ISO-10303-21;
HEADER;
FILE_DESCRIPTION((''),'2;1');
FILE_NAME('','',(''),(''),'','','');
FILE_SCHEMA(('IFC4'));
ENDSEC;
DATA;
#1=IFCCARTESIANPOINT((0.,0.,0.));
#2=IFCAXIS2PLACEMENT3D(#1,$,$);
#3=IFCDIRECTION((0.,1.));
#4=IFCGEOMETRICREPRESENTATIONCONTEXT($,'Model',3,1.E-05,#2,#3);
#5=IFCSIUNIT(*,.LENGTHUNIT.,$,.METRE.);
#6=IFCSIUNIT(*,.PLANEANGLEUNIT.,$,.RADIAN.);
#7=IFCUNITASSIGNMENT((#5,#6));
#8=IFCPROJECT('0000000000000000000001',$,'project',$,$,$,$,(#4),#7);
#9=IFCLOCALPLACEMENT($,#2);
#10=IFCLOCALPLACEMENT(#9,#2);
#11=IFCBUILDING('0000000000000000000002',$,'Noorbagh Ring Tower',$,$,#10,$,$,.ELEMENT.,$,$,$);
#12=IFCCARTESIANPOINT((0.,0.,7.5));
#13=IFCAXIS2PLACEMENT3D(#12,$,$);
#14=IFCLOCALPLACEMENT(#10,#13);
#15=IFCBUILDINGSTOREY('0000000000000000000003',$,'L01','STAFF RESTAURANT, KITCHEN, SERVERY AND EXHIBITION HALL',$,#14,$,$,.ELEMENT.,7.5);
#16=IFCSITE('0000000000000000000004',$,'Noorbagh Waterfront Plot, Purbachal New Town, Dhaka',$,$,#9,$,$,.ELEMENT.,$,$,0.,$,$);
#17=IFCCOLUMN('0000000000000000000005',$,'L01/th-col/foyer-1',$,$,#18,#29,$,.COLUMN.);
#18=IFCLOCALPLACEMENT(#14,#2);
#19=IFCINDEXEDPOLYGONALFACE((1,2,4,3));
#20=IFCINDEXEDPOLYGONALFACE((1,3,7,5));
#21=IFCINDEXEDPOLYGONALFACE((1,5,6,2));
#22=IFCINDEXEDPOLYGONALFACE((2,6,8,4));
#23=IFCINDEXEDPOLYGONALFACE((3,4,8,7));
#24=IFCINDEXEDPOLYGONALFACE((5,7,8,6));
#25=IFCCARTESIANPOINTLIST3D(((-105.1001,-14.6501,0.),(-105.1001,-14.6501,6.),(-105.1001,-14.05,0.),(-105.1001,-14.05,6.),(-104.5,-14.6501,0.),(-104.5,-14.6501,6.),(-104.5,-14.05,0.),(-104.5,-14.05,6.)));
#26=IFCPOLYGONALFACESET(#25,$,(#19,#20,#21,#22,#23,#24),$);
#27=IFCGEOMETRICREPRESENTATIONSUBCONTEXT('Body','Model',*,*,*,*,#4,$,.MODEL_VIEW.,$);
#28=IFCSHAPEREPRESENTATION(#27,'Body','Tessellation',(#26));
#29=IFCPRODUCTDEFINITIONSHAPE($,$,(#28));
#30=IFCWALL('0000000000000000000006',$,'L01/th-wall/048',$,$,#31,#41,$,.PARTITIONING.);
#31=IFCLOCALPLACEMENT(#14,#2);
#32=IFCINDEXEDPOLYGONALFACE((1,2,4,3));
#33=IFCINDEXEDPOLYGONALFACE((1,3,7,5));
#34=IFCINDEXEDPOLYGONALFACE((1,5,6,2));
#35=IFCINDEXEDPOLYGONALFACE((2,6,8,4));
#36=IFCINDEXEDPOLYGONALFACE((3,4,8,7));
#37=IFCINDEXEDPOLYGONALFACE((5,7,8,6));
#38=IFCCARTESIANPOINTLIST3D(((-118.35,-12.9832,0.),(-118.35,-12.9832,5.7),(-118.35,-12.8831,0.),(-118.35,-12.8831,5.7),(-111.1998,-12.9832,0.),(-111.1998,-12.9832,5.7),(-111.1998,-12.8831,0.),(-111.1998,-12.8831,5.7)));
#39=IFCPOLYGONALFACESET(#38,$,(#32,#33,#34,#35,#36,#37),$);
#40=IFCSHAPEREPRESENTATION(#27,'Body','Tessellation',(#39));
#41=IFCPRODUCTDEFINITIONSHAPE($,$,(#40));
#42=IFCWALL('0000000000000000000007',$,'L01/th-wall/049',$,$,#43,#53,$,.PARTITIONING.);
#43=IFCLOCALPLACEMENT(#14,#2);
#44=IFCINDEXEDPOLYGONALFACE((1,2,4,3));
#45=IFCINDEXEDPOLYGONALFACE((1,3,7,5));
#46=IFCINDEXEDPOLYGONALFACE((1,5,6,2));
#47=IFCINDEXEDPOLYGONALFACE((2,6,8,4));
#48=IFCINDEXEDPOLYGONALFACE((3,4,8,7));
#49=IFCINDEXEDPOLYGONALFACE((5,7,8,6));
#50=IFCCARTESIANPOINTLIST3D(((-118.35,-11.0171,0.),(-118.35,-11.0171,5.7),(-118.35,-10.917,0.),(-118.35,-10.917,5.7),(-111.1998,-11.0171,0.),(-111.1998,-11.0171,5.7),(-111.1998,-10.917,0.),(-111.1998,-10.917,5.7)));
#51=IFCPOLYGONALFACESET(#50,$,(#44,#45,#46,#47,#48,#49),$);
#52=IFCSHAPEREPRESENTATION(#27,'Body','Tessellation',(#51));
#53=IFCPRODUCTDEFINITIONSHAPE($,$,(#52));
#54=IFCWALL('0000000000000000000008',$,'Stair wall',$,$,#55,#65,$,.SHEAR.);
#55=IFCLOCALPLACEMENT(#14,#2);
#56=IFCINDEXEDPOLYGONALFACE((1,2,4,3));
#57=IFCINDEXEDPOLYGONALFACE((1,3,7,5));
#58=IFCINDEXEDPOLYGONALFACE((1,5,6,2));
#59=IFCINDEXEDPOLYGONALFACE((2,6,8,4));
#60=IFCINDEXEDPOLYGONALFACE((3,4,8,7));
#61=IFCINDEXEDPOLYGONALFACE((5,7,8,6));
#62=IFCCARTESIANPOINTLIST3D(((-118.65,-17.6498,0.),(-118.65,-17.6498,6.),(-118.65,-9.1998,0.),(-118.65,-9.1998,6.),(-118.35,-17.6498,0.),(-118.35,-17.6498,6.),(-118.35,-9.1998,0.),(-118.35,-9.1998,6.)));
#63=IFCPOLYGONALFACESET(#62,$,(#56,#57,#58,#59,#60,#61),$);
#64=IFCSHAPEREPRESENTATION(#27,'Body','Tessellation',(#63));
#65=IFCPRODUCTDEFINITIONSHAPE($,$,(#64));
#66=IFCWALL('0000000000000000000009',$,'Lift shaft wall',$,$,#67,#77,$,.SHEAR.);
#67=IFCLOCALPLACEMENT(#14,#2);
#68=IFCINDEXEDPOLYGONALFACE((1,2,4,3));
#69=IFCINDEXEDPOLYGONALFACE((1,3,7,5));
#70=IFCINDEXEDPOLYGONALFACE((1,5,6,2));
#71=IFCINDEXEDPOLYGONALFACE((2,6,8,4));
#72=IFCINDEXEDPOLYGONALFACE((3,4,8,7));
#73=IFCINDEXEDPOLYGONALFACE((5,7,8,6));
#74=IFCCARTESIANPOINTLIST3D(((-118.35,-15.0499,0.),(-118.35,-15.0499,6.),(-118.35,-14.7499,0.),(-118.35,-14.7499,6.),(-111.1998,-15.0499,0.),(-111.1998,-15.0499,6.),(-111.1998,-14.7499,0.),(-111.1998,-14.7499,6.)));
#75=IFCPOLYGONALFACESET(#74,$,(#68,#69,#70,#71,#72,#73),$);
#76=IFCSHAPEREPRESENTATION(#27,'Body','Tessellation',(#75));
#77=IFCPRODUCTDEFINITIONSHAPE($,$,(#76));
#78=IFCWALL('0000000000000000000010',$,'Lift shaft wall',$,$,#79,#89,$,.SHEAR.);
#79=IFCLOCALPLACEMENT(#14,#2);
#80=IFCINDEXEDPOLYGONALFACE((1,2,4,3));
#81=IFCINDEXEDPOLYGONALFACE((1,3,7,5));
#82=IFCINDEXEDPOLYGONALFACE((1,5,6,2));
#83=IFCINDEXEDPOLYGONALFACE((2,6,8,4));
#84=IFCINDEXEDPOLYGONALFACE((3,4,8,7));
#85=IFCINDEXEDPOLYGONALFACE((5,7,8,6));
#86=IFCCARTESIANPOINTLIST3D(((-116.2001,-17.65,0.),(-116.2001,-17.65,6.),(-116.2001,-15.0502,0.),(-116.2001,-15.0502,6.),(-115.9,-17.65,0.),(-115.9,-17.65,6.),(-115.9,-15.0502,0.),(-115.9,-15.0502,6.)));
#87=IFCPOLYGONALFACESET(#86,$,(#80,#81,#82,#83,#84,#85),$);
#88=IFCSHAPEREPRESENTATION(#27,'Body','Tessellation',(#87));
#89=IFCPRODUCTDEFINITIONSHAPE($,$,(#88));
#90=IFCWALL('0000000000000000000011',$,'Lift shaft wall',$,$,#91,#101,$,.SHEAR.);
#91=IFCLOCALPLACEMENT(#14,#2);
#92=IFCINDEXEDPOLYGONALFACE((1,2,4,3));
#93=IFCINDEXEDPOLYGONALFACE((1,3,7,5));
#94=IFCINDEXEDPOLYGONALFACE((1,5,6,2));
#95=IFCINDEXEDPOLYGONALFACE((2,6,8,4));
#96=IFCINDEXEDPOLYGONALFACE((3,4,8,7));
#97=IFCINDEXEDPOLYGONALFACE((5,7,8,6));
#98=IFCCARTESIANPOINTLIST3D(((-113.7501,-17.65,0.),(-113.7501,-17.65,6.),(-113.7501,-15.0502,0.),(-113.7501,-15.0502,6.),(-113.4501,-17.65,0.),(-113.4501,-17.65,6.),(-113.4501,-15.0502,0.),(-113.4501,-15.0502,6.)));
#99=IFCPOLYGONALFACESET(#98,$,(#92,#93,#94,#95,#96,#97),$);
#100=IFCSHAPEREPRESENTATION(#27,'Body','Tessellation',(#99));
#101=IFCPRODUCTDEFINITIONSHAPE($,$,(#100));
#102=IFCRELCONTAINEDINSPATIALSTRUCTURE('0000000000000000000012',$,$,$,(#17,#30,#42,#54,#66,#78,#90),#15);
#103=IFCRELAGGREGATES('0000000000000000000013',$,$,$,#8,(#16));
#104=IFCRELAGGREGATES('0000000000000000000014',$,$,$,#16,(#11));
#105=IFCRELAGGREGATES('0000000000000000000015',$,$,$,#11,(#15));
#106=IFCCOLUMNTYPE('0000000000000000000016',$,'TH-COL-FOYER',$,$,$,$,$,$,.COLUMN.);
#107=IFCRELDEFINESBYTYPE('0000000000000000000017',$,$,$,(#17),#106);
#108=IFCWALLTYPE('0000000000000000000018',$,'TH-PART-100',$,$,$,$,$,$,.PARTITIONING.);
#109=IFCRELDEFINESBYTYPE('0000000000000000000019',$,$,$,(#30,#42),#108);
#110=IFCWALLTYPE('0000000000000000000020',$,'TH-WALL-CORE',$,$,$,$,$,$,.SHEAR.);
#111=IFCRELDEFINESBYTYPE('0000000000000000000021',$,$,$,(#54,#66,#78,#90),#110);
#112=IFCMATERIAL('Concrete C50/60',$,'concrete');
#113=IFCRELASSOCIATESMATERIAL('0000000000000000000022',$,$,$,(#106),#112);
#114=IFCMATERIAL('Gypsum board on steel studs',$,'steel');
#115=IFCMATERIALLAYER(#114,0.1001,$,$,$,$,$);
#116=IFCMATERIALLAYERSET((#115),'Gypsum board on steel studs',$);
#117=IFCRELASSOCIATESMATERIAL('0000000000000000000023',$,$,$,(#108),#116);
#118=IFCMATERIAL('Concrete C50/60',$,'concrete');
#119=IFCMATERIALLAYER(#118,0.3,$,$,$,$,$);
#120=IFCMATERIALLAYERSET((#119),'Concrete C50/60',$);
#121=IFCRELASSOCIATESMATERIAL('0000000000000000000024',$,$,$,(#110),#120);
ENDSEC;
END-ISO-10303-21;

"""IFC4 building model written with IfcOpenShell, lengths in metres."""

from ifc_helpers import new_model, si_unit, direction, frame, frame_2d, origin, origin_2d, place, context, subcontext, project, spatial, rectangle, extrude, material, layer, layer_set, material_profile, profile_set, type_object, element, save


model = new_model("IFC4")

# Units and contexts
model_context = context("Model", 3, precision=1e-05, world=origin(), true_north=direction((0.0, 1.0)))
body_context = subcontext(model_context, "Body", "Model", "MODEL_VIEW")
ifc_project = project(units=[si_unit("LENGTHUNIT", "METRE"), si_unit("PLANEANGLEUNIT", "RADIAN")], contexts=[model_context])

# Site, building, storey
site_placement = place(None, origin())
site = spatial("IfcSite", under=ifc_project, at=site_placement, Name="Noorbagh Waterfront Plot, Purbachal New Town, Dhaka", CompositionType="ELEMENT", RefElevation=0.0)
building_placement = place(site_placement, origin())
building = spatial("IfcBuilding", under=site, at=building_placement, Name="Noorbagh Ring Tower", CompositionType="ELEMENT")
storey_placement = place(building_placement, frame((0.0, 0.0, 7.5)))
storey = spatial("IfcBuildingStorey", under=building, at=storey_placement, Name="L01", Description="STAFF RESTAURANT, KITCHEN, SERVERY AND EXHIBITION HALL", CompositionType="ELEMENT", Elevation=7.5)

# Column
ifc_material_1 = material(Name="Concrete C50/60", Category="concrete")
ifc_material_profile = material_profile(ifc_material_1, rectangle(XDim=0.6001, YDim=0.6001, at=origin_2d()), Name="RC600x600")
ifc_profile_set = profile_set([ifc_material_profile], Name="Concrete C50/60")
column_type = type_object("IfcColumnType", Name="TH-COL-FOYER", PredefinedType="COLUMN", material=ifc_profile_set)
column_placement = place(storey_placement, frame((-104.8, -14.3501, 0.0), z_axis=(0.0, 0.0, 1.0), x_axis=(1.0, 0.0, 0.0)))
element("IfcColumn", 1, at=column_placement, inside=storey, type_object=column_type, Name="L01/th-col/foyer-1", PredefinedType="COLUMN", context=body_context, shape_type="SweptSolid", body=[
    extrude(rectangle(XDim=0.6001, YDim=0.6001, at=origin_2d()), origin(), (0.0, 0.0, 1.0), 6.0),
])

# Walls
ifc_material_2 = material(Name="Gypsum board on steel studs", Category="steel")
ifc_layer_1 = layer(ifc_material_2, 0.1001)
ifc_layer_set_1 = layer_set([ifc_layer_1], Name="Gypsum board on steel studs")
wall_type_1 = type_object("IfcWallType", Name="TH-PART-100", PredefinedType="PARTITIONING", material=ifc_layer_set_1)
for number, where, z_axis, x_axis, name in (
    (2, (-118.3501, -12.9331, 0.0), (0.0, 0.0, 1.0), (1.0, 0.0, 0.0), "L01/th-wall/048"),
    (3, (-118.3501, -10.967, 0.0), (0.0, 0.0, 1.0), (1.0, 0.0, 0.0), "L01/th-wall/049"),
):
    element("IfcWall", number, at=place(storey_placement, frame(where, z_axis=z_axis, x_axis=x_axis)), inside=storey, type_object=wall_type_1, Name=name, PredefinedType="PARTITIONING", context=body_context, shape_type="SweptSolid", body=[
        extrude(rectangle(XDim=7.1501, YDim=0.1001, at=frame_2d((3.5752, 0.0))), origin(), (0.0, 0.0, 1.0), 5.7),
    ])
ifc_material_3 = material(Name="Concrete C50/60", Category="concrete")
ifc_layer_2 = layer(ifc_material_3, 0.3)
ifc_layer_set_2 = layer_set([ifc_layer_2], Name="Concrete C50/60")
wall_type_2 = type_object("IfcWallType", Name="TH-WALL-CORE", PredefinedType="SHEAR", material=ifc_layer_set_2)
wall_1_placement = place(storey_placement, frame((-118.5, -17.6499, 0.0), z_axis=(0.0, 0.0, 1.0), x_axis=(0.0, 1.0, 0.0)))
element("IfcWall", 4, at=wall_1_placement, inside=storey, type_object=wall_type_2, Name="Stair wall", PredefinedType="SHEAR", context=body_context, shape_type="SweptSolid", body=[
    extrude(rectangle(XDim=8.45, YDim=0.3, at=frame_2d((4.2251, 0.0))), origin(), (0.0, 0.0, 1.0), 6.0),
])
wall_2_placement = place(storey_placement, frame((-118.3501, -14.8999, 0.0), z_axis=(0.0, 0.0, 1.0), x_axis=(1.0, 0.0, 0.0)))
element("IfcWall", 5, at=wall_2_placement, inside=storey, type_object=wall_type_2, Name="Lift shaft wall", PredefinedType="SHEAR", context=body_context, shape_type="SweptSolid", body=[
    extrude(rectangle(XDim=7.1501, YDim=0.3, at=frame_2d((3.5752, 0.0))), origin(), (0.0, 0.0, 1.0), 6.0),
])
for number, where, z_axis, x_axis, name in (
    (6, (-116.05, -17.6499, 0.0), (0.0, 0.0, 1.0), (0.0, 1.0, 0.0), "Lift shaft wall"),
    (7, (-113.6001, -17.6499, 0.0), (0.0, 0.0, 1.0), (0.0, 1.0, 0.0), "Lift shaft wall"),
):
    element("IfcWall", number, at=place(storey_placement, frame(where, z_axis=z_axis, x_axis=x_axis)), inside=storey, type_object=wall_type_2, Name=name, PredefinedType="SHEAR", context=body_context, shape_type="SweptSolid", body=[
        extrude(rectangle(XDim=2.5999, YDim=0.3, at=frame_2d((1.2998, 0.0))), origin(), (0.0, 0.0, 1.0), 6.0),
    ])

save(model, "model.ifc")
